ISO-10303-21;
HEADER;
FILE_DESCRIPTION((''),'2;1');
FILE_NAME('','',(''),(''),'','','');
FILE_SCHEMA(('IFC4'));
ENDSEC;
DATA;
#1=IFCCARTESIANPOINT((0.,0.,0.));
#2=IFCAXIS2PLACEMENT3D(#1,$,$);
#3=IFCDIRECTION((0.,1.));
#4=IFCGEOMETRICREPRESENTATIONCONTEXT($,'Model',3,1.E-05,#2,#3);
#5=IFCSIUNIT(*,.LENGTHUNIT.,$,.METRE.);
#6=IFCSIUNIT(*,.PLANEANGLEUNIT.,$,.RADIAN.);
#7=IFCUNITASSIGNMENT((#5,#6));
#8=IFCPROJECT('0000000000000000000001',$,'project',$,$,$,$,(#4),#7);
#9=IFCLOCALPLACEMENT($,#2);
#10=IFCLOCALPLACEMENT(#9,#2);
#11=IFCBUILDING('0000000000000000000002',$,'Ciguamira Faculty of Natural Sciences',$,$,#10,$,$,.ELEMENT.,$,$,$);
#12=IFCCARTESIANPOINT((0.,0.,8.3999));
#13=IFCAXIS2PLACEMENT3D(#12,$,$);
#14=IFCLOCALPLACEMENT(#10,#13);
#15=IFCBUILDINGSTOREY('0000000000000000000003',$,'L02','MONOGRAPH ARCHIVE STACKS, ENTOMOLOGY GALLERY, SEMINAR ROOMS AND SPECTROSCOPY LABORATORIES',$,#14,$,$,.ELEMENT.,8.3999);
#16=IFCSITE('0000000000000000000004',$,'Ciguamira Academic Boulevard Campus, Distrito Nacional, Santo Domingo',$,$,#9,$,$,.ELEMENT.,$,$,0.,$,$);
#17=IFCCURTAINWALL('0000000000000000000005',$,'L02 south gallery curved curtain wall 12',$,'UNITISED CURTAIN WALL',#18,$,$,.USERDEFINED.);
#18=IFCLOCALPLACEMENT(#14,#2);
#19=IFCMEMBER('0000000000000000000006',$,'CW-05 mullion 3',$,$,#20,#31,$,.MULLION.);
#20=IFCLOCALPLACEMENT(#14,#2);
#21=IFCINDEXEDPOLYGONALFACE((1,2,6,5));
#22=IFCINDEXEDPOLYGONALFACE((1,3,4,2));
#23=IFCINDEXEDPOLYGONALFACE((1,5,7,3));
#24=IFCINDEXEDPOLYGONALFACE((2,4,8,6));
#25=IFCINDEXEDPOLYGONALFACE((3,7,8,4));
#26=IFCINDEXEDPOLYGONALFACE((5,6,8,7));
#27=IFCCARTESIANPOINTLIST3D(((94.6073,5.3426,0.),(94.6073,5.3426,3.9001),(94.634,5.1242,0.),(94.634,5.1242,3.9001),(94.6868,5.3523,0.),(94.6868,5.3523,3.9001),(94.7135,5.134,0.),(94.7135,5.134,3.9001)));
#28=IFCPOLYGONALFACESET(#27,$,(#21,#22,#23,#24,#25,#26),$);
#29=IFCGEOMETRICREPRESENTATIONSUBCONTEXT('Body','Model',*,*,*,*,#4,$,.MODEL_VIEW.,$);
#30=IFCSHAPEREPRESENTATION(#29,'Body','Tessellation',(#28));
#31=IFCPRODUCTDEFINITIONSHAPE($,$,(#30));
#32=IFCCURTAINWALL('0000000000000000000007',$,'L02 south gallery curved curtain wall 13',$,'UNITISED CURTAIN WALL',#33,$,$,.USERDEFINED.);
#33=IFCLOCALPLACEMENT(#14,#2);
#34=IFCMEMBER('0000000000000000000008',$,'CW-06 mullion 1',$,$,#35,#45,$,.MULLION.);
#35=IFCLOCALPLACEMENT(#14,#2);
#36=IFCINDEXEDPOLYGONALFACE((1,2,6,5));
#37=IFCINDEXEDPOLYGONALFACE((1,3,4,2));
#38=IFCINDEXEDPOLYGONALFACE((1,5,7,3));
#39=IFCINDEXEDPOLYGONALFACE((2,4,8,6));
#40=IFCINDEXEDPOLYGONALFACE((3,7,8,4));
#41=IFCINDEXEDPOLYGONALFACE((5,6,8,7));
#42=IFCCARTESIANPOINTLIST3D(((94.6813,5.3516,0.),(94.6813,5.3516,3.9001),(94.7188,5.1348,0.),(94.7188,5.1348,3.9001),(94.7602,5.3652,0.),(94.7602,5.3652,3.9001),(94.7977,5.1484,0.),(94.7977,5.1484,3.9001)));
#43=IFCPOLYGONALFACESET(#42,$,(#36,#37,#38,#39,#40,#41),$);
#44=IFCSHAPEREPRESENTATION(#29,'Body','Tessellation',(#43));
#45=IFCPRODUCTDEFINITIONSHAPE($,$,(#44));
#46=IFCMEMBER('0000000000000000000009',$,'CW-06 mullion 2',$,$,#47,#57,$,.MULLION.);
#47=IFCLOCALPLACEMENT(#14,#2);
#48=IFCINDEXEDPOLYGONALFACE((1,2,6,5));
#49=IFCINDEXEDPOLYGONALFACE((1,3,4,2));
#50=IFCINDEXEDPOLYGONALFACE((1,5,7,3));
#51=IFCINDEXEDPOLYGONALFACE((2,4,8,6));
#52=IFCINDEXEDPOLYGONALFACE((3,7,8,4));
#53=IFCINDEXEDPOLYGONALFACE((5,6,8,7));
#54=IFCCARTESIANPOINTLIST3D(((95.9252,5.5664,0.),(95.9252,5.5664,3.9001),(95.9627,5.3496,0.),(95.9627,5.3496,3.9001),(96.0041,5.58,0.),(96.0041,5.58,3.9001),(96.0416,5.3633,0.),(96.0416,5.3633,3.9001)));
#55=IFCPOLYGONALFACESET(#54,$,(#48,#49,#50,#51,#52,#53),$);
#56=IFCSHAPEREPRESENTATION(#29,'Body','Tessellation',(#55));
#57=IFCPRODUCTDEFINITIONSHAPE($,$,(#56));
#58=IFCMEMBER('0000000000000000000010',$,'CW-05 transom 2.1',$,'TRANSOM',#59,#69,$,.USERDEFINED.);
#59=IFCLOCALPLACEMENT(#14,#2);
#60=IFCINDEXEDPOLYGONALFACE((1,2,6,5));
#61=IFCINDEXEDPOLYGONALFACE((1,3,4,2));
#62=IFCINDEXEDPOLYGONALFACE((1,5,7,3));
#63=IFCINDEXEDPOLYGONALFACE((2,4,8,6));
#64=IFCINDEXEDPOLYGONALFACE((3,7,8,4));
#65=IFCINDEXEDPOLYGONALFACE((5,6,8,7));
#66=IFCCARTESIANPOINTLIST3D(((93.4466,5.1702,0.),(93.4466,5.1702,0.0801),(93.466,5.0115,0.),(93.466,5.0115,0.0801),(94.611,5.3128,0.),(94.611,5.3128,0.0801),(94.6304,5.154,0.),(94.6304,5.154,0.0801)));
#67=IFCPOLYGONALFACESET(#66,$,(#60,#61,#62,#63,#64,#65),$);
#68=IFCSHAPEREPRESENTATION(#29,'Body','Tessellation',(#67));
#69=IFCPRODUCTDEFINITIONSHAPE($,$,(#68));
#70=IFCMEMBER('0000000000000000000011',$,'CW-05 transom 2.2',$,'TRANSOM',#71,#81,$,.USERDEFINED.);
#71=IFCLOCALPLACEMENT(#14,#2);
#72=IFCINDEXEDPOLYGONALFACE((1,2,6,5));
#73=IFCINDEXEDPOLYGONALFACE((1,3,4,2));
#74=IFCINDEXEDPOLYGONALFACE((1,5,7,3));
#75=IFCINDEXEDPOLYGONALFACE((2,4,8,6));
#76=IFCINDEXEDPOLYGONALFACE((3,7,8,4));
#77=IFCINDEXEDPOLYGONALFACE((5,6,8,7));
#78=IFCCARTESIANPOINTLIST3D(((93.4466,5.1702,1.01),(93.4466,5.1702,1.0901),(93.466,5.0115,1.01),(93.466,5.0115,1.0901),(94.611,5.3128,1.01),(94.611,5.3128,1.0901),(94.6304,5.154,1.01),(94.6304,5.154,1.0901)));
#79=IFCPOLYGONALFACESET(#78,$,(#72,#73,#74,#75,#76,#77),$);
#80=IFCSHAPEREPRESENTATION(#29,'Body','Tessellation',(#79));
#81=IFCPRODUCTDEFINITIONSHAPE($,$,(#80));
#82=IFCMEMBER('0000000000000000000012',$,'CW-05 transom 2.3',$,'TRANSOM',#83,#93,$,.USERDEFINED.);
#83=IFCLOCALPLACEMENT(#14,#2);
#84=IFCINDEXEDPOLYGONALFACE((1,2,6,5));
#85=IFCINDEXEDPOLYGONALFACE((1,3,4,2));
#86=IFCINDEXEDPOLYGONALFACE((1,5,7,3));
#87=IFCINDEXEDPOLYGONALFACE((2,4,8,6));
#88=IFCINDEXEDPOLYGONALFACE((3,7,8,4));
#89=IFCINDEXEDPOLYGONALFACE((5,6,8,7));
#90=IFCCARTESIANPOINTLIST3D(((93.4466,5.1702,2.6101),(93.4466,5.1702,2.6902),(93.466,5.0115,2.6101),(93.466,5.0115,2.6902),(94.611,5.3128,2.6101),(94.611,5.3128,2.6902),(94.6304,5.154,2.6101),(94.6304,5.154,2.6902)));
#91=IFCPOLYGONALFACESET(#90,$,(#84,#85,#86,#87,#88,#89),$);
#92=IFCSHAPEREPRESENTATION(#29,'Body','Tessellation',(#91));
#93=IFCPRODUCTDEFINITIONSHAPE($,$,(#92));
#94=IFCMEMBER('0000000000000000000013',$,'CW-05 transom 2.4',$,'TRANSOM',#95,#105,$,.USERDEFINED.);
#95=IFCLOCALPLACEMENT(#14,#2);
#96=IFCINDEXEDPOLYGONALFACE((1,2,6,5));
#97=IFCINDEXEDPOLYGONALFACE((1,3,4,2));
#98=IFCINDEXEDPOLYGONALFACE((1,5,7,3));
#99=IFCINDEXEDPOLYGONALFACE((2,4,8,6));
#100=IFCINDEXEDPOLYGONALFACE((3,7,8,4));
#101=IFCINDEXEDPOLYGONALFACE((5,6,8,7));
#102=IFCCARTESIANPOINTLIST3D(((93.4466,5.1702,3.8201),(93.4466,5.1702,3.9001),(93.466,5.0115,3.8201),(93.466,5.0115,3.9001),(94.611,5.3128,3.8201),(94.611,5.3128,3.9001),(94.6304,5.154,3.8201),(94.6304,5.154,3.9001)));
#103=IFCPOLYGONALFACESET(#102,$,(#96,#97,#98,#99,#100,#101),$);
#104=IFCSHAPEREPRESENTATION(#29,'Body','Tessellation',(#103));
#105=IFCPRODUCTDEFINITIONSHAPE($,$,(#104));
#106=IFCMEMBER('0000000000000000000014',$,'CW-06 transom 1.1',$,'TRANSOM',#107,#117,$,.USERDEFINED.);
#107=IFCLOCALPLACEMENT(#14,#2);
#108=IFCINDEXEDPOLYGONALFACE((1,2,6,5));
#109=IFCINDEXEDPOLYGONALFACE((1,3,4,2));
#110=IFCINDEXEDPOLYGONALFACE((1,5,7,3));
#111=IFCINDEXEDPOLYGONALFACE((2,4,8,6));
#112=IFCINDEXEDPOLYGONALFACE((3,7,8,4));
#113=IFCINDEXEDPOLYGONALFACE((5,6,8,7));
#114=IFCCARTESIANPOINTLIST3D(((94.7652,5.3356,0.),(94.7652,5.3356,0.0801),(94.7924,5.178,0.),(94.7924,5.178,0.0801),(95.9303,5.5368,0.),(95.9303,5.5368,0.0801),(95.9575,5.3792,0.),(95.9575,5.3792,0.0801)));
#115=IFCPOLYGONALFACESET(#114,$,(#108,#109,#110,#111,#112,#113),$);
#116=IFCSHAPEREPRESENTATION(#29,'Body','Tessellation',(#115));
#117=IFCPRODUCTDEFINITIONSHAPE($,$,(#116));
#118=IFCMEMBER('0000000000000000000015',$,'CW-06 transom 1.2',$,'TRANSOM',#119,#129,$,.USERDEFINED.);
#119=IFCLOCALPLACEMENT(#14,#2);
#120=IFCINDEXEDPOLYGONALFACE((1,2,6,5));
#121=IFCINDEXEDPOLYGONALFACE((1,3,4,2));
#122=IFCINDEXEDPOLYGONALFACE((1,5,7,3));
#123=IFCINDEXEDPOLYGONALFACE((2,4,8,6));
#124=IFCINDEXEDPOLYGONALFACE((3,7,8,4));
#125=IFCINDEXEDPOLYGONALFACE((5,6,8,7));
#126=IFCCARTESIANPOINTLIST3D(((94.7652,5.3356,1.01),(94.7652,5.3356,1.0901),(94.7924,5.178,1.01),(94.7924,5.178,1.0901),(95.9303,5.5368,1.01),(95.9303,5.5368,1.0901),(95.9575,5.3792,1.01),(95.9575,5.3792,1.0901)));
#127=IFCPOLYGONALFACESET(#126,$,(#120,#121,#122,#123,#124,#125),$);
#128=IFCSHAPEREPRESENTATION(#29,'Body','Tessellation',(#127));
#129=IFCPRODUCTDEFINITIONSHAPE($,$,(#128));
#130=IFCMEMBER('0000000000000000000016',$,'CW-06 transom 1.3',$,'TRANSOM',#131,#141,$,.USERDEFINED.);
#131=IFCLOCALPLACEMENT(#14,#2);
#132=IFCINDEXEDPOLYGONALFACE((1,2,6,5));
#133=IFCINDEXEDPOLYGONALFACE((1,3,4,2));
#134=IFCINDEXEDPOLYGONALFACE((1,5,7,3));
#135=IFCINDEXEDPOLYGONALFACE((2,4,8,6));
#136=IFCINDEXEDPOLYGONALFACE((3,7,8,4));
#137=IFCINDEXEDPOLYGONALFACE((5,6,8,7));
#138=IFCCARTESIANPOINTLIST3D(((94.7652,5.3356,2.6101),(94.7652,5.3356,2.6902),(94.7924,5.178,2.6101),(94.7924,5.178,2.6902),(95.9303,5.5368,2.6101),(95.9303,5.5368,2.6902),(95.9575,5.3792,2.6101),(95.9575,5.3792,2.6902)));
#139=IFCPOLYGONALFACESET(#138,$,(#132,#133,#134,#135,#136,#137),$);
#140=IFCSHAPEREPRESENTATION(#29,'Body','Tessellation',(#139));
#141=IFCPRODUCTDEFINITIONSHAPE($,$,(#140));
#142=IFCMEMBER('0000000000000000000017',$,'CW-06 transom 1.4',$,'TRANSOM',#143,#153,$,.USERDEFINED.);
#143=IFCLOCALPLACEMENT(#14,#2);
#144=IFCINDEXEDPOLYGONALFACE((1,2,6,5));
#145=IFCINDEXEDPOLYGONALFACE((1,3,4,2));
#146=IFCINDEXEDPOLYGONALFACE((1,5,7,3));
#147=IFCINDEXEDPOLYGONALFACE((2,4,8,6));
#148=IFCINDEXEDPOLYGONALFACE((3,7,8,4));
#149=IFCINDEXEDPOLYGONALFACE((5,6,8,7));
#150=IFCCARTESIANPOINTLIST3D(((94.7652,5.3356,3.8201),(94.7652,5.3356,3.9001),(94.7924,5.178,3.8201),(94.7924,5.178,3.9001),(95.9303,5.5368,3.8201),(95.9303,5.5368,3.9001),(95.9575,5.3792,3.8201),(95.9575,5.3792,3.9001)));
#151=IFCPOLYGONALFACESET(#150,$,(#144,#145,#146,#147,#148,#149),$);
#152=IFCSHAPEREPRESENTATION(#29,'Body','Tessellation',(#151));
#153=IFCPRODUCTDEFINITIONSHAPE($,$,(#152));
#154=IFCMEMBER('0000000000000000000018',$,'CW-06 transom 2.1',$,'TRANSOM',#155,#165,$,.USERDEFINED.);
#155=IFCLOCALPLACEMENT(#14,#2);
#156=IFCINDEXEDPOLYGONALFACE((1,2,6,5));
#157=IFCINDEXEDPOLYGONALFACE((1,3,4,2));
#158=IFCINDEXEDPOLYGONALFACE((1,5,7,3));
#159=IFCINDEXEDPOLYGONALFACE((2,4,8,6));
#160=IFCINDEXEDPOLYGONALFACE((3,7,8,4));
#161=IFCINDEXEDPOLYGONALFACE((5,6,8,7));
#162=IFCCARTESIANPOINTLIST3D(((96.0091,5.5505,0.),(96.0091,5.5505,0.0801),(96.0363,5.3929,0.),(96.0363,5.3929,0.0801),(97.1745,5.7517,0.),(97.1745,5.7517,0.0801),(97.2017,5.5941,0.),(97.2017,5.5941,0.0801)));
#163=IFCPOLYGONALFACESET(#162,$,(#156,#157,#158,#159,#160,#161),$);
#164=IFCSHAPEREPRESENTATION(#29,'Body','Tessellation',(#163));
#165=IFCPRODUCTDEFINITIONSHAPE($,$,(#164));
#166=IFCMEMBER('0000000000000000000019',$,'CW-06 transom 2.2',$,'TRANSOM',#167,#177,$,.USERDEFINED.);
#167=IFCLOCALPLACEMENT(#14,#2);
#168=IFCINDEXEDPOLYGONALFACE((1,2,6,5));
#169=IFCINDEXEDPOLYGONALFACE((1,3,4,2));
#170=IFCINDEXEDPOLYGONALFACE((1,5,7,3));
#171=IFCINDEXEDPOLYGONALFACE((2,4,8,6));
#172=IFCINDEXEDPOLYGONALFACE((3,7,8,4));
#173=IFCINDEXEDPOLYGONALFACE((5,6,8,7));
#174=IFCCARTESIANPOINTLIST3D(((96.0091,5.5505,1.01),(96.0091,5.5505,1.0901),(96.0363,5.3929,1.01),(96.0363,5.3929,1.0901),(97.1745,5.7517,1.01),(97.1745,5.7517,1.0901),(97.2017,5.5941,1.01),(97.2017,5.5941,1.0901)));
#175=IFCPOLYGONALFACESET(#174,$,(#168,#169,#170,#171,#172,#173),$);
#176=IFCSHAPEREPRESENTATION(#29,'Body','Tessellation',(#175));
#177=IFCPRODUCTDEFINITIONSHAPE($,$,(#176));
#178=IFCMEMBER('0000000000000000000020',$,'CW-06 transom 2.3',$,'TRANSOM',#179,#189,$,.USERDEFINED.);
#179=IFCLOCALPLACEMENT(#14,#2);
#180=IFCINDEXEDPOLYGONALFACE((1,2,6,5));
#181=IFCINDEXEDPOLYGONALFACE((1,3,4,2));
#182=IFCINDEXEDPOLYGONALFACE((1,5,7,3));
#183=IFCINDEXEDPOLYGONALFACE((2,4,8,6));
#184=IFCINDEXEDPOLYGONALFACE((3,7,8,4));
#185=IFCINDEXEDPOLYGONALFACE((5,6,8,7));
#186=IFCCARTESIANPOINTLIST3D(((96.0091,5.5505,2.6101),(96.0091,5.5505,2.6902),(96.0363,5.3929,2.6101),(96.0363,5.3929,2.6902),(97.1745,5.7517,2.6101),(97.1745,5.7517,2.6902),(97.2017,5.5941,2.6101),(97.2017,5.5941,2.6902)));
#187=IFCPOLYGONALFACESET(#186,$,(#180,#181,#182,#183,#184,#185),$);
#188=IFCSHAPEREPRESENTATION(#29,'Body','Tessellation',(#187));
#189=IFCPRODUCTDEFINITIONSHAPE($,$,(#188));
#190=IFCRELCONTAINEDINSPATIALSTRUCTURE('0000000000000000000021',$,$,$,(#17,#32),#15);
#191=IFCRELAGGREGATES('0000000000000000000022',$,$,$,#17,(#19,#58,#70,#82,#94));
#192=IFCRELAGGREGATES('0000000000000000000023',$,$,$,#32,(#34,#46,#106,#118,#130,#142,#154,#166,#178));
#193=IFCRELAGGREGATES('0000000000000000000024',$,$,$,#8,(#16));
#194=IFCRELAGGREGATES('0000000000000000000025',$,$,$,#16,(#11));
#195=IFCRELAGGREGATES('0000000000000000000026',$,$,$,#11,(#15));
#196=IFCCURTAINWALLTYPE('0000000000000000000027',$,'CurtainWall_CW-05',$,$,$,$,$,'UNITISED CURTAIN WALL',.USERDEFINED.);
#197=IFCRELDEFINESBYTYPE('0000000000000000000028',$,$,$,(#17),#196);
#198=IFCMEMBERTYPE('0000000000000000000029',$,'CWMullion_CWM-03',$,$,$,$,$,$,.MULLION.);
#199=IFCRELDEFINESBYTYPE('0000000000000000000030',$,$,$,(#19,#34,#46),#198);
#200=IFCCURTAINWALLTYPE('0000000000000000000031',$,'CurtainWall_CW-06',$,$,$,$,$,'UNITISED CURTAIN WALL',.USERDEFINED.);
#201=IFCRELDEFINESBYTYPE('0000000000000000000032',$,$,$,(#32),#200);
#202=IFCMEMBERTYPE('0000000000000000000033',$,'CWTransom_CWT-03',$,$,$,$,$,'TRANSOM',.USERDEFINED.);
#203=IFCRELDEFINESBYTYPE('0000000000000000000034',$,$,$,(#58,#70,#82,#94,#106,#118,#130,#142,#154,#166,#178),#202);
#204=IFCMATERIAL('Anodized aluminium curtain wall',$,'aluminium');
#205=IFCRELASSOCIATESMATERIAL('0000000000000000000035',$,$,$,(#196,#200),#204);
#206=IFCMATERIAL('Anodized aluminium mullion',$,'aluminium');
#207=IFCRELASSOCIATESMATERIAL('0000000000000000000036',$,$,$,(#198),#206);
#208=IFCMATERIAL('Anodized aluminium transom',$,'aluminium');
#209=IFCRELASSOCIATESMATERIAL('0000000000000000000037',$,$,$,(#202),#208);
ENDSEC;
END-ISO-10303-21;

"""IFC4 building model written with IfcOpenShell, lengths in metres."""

from ifc_helpers import new_model, si_unit, direction, frame, origin, origin_2d, place, context, subcontext, project, spatial, rectangle, extrude, material, material_profile, profile_set, type_object, element, aggregate, save


model = new_model("IFC4")

# Units and contexts
model_context = context("Model", 3, precision=1e-05, world=origin(), true_north=direction((0.0, 1.0)))
body_context = subcontext(model_context, "Body", "Model", "MODEL_VIEW")
ifc_project = project(units=[si_unit("LENGTHUNIT", "METRE"), si_unit("PLANEANGLEUNIT", "RADIAN")], contexts=[model_context])

# Site, building, storey
site_placement = place(None, origin())
site = spatial("IfcSite", under=ifc_project, at=site_placement, Name="Ciguamira Academic Boulevard Campus, Distrito Nacional, Santo Domingo", CompositionType="ELEMENT", RefElevation=0.0)
building_placement = place(site_placement, origin())
building = spatial("IfcBuilding", under=site, at=building_placement, Name="Ciguamira Faculty of Natural Sciences", CompositionType="ELEMENT")
storey_placement = place(building_placement, frame((0.0, 0.0, 8.3999)))
storey = spatial("IfcBuildingStorey", under=building, at=storey_placement, Name="L02", Description="MONOGRAPH ARCHIVE STACKS, ENTOMOLOGY GALLERY, SEMINAR ROOMS AND SPECTROSCOPY LABORATORIES", CompositionType="ELEMENT", Elevation=8.3999)

# Curtain wall, member
ifc_material_1 = material(Name="Anodized aluminium curtain wall", Category="aluminium")
curtain_wall_type_1 = type_object("IfcCurtainWallType", Name="CurtainWall_CW-05", ElementType="UNITISED CURTAIN WALL", PredefinedType="USERDEFINED", material=ifc_material_1)
curtain_wall_1_placement = place(storey_placement, origin())
curtain_wall_1 = element("IfcCurtainWall", 1, at=curtain_wall_1_placement, inside=storey, type_object=curtain_wall_type_1, Name="L02 south gallery curved curtain wall 12", ObjectType="UNITISED CURTAIN WALL", PredefinedType="USERDEFINED")
ifc_material_2 = material(Name="Anodized aluminium mullion", Category="aluminium")
ifc_material_profile_1 = material_profile(ifc_material_2, rectangle(XDim=0.0801, YDim=0.22, at=origin_2d()), Name="ALU-MUL-80X220")
ifc_profile_set_1 = profile_set([ifc_material_profile_1], Name="Anodized aluminium mullion")
member_type_1 = type_object("IfcMemberType", Name="CWMullion_CWM-03", PredefinedType="MULLION", material=ifc_profile_set_1)
member_1_placement = place(storey_placement, frame((94.6604, 5.2383, 0.0), z_axis=(0.0, 0.0, 1.0), x_axis=(0.992586, 0.121545, 0.0)))
member_1 = element("IfcMember", 2, at=member_1_placement, type_object=member_type_1, Name="CW-05 mullion 3", PredefinedType="MULLION", context=body_context, shape_type="SweptSolid", body=[
    extrude(rectangle(XDim=0.0801, YDim=0.22, at=origin_2d()), origin(), (0.0, 0.0, 1.0), 3.9001),
])

# Curtain wall, members
curtain_wall_type_2 = type_object("IfcCurtainWallType", Name="CurtainWall_CW-06", ElementType="UNITISED CURTAIN WALL", PredefinedType="USERDEFINED", material=ifc_material_1)
curtain_wall_2_placement = place(storey_placement, origin())
curtain_wall_2 = element("IfcCurtainWall", 3, at=curtain_wall_2_placement, inside=storey, type_object=curtain_wall_type_2, Name="L02 south gallery curved curtain wall 13", ObjectType="UNITISED CURTAIN WALL", PredefinedType="USERDEFINED")
member_2_placement = place(storey_placement, frame((94.7395, 5.25, 0.0), z_axis=(0.0, 0.0, 1.0), x_axis=(0.985411, 0.170192, 0.0)))
member_2 = element("IfcMember", 4, at=member_2_placement, type_object=member_type_1, Name="CW-06 mullion 1", PredefinedType="MULLION", context=body_context, shape_type="SweptSolid", body=[
    extrude(rectangle(XDim=0.0801, YDim=0.22, at=origin_2d()), origin(), (0.0, 0.0, 1.0), 3.9001),
])
member_3_placement = place(storey_placement, frame((95.9834, 5.4648, 0.0), z_axis=(0.0, 0.0, 1.0), x_axis=(0.985411, 0.170192, 0.0)))
member_3 = element("IfcMember", 5, at=member_3_placement, type_object=member_type_1, Name="CW-06 mullion 2", PredefinedType="MULLION", context=body_context, shape_type="SweptSolid", body=[
    extrude(rectangle(XDim=0.0801, YDim=0.22, at=origin_2d()), origin(), (0.0, 0.0, 1.0), 3.9001),
])

# Members
ifc_material_3 = material(Name="Anodized aluminium transom", Category="aluminium")
ifc_material_profile_2 = material_profile(ifc_material_3, rectangle(XDim=0.0801, YDim=0.1599, at=origin_2d()), Name="ALU-TRN-80X160")
ifc_profile_set_2 = profile_set([ifc_material_profile_2], Name="Anodized aluminium transom")
member_type_2 = type_object("IfcMemberType", Name="CWTransom_CWT-03", ElementType="TRANSOM", PredefinedType="USERDEFINED", material=ifc_profile_set_2)
member_4_placement = place(storey_placement, frame((93.4563, 5.0908, 0.04), z_axis=(0.992585, 0.12155, 0.0), x_axis=(0.0, 0.0, 1.0)))
member_4 = element("IfcMember", 6, at=member_4_placement, type_object=member_type_2, Name="CW-05 transom 2.1", ObjectType="TRANSOM", PredefinedType="USERDEFINED", context=body_context, shape_type="SweptSolid", body=[
    extrude(rectangle(XDim=0.0801, YDim=0.1599, at=origin_2d()), origin(), (0.0, 0.0, 1.0), 1.1731),
])
member_5_placement = place(storey_placement, frame((93.4563, 5.0908, 1.05), z_axis=(0.992585, 0.12155, 0.0), x_axis=(0.0, 0.0, 1.0)))
member_5 = element("IfcMember", 7, at=member_5_placement, type_object=member_type_2, Name="CW-05 transom 2.2", ObjectType="TRANSOM", PredefinedType="USERDEFINED", context=body_context, shape_type="SweptSolid", body=[
    extrude(rectangle(XDim=0.0801, YDim=0.1599, at=origin_2d()), origin(), (0.0, 0.0, 1.0), 1.1731),
])
member_6_placement = place(storey_placement, frame((93.4563, 5.0908, 2.6501), z_axis=(0.992585, 0.12155, 0.0), x_axis=(0.0, 0.0, 1.0)))
member_6 = element("IfcMember", 8, at=member_6_placement, type_object=member_type_2, Name="CW-05 transom 2.3", ObjectType="TRANSOM", PredefinedType="USERDEFINED", context=body_context, shape_type="SweptSolid", body=[
    extrude(rectangle(XDim=0.0801, YDim=0.1599, at=origin_2d()), origin(), (0.0, 0.0, 1.0), 1.1731),
])
member_7_placement = place(storey_placement, frame((93.4563, 5.0908, 3.8601), z_axis=(0.992585, 0.12155, 0.0), x_axis=(0.0, 0.0, 1.0)))
member_7 = element("IfcMember", 9, at=member_7_placement, type_object=member_type_2, Name="CW-05 transom 2.4", ObjectType="TRANSOM", PredefinedType="USERDEFINED", context=body_context, shape_type="SweptSolid", body=[
    extrude(rectangle(XDim=0.0801, YDim=0.1599, at=origin_2d()), origin(), (0.0, 0.0, 1.0), 1.1731),
])
member_8_placement = place(storey_placement, frame((94.7788, 5.2568, 0.04), z_axis=(0.985417, 0.170156, 0.0), x_axis=(0.0, 0.0, 1.0)))
member_8 = element("IfcMember", 10, at=member_8_placement, type_object=member_type_2, Name="CW-06 transom 1.1", ObjectType="TRANSOM", PredefinedType="USERDEFINED", context=body_context, shape_type="SweptSolid", body=[
    extrude(rectangle(XDim=0.0801, YDim=0.1599, at=origin_2d()), origin(), (0.0, 0.0, 1.0), 1.1824),
])
member_9_placement = place(storey_placement, frame((94.7788, 5.2568, 1.05), z_axis=(0.985417, 0.170156, 0.0), x_axis=(0.0, 0.0, 1.0)))
member_9 = element("IfcMember", 11, at=member_9_placement, type_object=member_type_2, Name="CW-06 transom 1.2", ObjectType="TRANSOM", PredefinedType="USERDEFINED", context=body_context, shape_type="SweptSolid", body=[
    extrude(rectangle(XDim=0.0801, YDim=0.1599, at=origin_2d()), origin(), (0.0, 0.0, 1.0), 1.1824),
])
member_10_placement = place(storey_placement, frame((94.7788, 5.2568, 2.6501), z_axis=(0.985417, 0.170156, 0.0), x_axis=(0.0, 0.0, 1.0)))
member_10 = element("IfcMember", 12, at=member_10_placement, type_object=member_type_2, Name="CW-06 transom 1.3", ObjectType="TRANSOM", PredefinedType="USERDEFINED", context=body_context, shape_type="SweptSolid", body=[
    extrude(rectangle(XDim=0.0801, YDim=0.1599, at=origin_2d()), origin(), (0.0, 0.0, 1.0), 1.1824),
])
member_11_placement = place(storey_placement, frame((94.7788, 5.2568, 3.8601), z_axis=(0.985417, 0.170156, 0.0), x_axis=(0.0, 0.0, 1.0)))
member_11 = element("IfcMember", 13, at=member_11_placement, type_object=member_type_2, Name="CW-06 transom 1.4", ObjectType="TRANSOM", PredefinedType="USERDEFINED", context=body_context, shape_type="SweptSolid", body=[
    extrude(rectangle(XDim=0.0801, YDim=0.1599, at=origin_2d()), origin(), (0.0, 0.0, 1.0), 1.1824),
])
member_12_placement = place(storey_placement, frame((96.0227, 5.4717, 0.04), z_axis=(0.985423, 0.170121, 0.0), x_axis=(0.0, 0.0, 1.0)))
member_12 = element("IfcMember", 14, at=member_12_placement, type_object=member_type_2, Name="CW-06 transom 2.1", ObjectType="TRANSOM", PredefinedType="USERDEFINED", context=body_context, shape_type="SweptSolid", body=[
    extrude(rectangle(XDim=0.0801, YDim=0.1599, at=origin_2d()), origin(), (0.0, 0.0, 1.0), 1.1826),
])
member_13_placement = place(storey_placement, frame((96.0227, 5.4717, 1.05), z_axis=(0.985423, 0.170121, 0.0), x_axis=(0.0, 0.0, 1.0)))
member_13 = element("IfcMember", 15, at=member_13_placement, type_object=member_type_2, Name="CW-06 transom 2.2", ObjectType="TRANSOM", PredefinedType="USERDEFINED", context=body_context, shape_type="SweptSolid", body=[
    extrude(rectangle(XDim=0.0801, YDim=0.1599, at=origin_2d()), origin(), (0.0, 0.0, 1.0), 1.1826),
])
member_14_placement = place(storey_placement, frame((96.0227, 5.4717, 2.6501), z_axis=(0.985423, 0.170121, 0.0), x_axis=(0.0, 0.0, 1.0)))
member_14 = element("IfcMember", 16, at=member_14_placement, type_object=member_type_2, Name="CW-06 transom 2.3", ObjectType="TRANSOM", PredefinedType="USERDEFINED", context=body_context, shape_type="SweptSolid", body=[
    extrude(rectangle(XDim=0.0801, YDim=0.1599, at=origin_2d()), origin(), (0.0, 0.0, 1.0), 1.1826),
])

aggregate(curtain_wall_1, [member_1, member_4, member_5, member_6, member_7])
aggregate(curtain_wall_2, [member_2, member_3, member_8, member_9, member_10, member_11, member_12, member_13, member_14])

save(model, "model.ifc")
